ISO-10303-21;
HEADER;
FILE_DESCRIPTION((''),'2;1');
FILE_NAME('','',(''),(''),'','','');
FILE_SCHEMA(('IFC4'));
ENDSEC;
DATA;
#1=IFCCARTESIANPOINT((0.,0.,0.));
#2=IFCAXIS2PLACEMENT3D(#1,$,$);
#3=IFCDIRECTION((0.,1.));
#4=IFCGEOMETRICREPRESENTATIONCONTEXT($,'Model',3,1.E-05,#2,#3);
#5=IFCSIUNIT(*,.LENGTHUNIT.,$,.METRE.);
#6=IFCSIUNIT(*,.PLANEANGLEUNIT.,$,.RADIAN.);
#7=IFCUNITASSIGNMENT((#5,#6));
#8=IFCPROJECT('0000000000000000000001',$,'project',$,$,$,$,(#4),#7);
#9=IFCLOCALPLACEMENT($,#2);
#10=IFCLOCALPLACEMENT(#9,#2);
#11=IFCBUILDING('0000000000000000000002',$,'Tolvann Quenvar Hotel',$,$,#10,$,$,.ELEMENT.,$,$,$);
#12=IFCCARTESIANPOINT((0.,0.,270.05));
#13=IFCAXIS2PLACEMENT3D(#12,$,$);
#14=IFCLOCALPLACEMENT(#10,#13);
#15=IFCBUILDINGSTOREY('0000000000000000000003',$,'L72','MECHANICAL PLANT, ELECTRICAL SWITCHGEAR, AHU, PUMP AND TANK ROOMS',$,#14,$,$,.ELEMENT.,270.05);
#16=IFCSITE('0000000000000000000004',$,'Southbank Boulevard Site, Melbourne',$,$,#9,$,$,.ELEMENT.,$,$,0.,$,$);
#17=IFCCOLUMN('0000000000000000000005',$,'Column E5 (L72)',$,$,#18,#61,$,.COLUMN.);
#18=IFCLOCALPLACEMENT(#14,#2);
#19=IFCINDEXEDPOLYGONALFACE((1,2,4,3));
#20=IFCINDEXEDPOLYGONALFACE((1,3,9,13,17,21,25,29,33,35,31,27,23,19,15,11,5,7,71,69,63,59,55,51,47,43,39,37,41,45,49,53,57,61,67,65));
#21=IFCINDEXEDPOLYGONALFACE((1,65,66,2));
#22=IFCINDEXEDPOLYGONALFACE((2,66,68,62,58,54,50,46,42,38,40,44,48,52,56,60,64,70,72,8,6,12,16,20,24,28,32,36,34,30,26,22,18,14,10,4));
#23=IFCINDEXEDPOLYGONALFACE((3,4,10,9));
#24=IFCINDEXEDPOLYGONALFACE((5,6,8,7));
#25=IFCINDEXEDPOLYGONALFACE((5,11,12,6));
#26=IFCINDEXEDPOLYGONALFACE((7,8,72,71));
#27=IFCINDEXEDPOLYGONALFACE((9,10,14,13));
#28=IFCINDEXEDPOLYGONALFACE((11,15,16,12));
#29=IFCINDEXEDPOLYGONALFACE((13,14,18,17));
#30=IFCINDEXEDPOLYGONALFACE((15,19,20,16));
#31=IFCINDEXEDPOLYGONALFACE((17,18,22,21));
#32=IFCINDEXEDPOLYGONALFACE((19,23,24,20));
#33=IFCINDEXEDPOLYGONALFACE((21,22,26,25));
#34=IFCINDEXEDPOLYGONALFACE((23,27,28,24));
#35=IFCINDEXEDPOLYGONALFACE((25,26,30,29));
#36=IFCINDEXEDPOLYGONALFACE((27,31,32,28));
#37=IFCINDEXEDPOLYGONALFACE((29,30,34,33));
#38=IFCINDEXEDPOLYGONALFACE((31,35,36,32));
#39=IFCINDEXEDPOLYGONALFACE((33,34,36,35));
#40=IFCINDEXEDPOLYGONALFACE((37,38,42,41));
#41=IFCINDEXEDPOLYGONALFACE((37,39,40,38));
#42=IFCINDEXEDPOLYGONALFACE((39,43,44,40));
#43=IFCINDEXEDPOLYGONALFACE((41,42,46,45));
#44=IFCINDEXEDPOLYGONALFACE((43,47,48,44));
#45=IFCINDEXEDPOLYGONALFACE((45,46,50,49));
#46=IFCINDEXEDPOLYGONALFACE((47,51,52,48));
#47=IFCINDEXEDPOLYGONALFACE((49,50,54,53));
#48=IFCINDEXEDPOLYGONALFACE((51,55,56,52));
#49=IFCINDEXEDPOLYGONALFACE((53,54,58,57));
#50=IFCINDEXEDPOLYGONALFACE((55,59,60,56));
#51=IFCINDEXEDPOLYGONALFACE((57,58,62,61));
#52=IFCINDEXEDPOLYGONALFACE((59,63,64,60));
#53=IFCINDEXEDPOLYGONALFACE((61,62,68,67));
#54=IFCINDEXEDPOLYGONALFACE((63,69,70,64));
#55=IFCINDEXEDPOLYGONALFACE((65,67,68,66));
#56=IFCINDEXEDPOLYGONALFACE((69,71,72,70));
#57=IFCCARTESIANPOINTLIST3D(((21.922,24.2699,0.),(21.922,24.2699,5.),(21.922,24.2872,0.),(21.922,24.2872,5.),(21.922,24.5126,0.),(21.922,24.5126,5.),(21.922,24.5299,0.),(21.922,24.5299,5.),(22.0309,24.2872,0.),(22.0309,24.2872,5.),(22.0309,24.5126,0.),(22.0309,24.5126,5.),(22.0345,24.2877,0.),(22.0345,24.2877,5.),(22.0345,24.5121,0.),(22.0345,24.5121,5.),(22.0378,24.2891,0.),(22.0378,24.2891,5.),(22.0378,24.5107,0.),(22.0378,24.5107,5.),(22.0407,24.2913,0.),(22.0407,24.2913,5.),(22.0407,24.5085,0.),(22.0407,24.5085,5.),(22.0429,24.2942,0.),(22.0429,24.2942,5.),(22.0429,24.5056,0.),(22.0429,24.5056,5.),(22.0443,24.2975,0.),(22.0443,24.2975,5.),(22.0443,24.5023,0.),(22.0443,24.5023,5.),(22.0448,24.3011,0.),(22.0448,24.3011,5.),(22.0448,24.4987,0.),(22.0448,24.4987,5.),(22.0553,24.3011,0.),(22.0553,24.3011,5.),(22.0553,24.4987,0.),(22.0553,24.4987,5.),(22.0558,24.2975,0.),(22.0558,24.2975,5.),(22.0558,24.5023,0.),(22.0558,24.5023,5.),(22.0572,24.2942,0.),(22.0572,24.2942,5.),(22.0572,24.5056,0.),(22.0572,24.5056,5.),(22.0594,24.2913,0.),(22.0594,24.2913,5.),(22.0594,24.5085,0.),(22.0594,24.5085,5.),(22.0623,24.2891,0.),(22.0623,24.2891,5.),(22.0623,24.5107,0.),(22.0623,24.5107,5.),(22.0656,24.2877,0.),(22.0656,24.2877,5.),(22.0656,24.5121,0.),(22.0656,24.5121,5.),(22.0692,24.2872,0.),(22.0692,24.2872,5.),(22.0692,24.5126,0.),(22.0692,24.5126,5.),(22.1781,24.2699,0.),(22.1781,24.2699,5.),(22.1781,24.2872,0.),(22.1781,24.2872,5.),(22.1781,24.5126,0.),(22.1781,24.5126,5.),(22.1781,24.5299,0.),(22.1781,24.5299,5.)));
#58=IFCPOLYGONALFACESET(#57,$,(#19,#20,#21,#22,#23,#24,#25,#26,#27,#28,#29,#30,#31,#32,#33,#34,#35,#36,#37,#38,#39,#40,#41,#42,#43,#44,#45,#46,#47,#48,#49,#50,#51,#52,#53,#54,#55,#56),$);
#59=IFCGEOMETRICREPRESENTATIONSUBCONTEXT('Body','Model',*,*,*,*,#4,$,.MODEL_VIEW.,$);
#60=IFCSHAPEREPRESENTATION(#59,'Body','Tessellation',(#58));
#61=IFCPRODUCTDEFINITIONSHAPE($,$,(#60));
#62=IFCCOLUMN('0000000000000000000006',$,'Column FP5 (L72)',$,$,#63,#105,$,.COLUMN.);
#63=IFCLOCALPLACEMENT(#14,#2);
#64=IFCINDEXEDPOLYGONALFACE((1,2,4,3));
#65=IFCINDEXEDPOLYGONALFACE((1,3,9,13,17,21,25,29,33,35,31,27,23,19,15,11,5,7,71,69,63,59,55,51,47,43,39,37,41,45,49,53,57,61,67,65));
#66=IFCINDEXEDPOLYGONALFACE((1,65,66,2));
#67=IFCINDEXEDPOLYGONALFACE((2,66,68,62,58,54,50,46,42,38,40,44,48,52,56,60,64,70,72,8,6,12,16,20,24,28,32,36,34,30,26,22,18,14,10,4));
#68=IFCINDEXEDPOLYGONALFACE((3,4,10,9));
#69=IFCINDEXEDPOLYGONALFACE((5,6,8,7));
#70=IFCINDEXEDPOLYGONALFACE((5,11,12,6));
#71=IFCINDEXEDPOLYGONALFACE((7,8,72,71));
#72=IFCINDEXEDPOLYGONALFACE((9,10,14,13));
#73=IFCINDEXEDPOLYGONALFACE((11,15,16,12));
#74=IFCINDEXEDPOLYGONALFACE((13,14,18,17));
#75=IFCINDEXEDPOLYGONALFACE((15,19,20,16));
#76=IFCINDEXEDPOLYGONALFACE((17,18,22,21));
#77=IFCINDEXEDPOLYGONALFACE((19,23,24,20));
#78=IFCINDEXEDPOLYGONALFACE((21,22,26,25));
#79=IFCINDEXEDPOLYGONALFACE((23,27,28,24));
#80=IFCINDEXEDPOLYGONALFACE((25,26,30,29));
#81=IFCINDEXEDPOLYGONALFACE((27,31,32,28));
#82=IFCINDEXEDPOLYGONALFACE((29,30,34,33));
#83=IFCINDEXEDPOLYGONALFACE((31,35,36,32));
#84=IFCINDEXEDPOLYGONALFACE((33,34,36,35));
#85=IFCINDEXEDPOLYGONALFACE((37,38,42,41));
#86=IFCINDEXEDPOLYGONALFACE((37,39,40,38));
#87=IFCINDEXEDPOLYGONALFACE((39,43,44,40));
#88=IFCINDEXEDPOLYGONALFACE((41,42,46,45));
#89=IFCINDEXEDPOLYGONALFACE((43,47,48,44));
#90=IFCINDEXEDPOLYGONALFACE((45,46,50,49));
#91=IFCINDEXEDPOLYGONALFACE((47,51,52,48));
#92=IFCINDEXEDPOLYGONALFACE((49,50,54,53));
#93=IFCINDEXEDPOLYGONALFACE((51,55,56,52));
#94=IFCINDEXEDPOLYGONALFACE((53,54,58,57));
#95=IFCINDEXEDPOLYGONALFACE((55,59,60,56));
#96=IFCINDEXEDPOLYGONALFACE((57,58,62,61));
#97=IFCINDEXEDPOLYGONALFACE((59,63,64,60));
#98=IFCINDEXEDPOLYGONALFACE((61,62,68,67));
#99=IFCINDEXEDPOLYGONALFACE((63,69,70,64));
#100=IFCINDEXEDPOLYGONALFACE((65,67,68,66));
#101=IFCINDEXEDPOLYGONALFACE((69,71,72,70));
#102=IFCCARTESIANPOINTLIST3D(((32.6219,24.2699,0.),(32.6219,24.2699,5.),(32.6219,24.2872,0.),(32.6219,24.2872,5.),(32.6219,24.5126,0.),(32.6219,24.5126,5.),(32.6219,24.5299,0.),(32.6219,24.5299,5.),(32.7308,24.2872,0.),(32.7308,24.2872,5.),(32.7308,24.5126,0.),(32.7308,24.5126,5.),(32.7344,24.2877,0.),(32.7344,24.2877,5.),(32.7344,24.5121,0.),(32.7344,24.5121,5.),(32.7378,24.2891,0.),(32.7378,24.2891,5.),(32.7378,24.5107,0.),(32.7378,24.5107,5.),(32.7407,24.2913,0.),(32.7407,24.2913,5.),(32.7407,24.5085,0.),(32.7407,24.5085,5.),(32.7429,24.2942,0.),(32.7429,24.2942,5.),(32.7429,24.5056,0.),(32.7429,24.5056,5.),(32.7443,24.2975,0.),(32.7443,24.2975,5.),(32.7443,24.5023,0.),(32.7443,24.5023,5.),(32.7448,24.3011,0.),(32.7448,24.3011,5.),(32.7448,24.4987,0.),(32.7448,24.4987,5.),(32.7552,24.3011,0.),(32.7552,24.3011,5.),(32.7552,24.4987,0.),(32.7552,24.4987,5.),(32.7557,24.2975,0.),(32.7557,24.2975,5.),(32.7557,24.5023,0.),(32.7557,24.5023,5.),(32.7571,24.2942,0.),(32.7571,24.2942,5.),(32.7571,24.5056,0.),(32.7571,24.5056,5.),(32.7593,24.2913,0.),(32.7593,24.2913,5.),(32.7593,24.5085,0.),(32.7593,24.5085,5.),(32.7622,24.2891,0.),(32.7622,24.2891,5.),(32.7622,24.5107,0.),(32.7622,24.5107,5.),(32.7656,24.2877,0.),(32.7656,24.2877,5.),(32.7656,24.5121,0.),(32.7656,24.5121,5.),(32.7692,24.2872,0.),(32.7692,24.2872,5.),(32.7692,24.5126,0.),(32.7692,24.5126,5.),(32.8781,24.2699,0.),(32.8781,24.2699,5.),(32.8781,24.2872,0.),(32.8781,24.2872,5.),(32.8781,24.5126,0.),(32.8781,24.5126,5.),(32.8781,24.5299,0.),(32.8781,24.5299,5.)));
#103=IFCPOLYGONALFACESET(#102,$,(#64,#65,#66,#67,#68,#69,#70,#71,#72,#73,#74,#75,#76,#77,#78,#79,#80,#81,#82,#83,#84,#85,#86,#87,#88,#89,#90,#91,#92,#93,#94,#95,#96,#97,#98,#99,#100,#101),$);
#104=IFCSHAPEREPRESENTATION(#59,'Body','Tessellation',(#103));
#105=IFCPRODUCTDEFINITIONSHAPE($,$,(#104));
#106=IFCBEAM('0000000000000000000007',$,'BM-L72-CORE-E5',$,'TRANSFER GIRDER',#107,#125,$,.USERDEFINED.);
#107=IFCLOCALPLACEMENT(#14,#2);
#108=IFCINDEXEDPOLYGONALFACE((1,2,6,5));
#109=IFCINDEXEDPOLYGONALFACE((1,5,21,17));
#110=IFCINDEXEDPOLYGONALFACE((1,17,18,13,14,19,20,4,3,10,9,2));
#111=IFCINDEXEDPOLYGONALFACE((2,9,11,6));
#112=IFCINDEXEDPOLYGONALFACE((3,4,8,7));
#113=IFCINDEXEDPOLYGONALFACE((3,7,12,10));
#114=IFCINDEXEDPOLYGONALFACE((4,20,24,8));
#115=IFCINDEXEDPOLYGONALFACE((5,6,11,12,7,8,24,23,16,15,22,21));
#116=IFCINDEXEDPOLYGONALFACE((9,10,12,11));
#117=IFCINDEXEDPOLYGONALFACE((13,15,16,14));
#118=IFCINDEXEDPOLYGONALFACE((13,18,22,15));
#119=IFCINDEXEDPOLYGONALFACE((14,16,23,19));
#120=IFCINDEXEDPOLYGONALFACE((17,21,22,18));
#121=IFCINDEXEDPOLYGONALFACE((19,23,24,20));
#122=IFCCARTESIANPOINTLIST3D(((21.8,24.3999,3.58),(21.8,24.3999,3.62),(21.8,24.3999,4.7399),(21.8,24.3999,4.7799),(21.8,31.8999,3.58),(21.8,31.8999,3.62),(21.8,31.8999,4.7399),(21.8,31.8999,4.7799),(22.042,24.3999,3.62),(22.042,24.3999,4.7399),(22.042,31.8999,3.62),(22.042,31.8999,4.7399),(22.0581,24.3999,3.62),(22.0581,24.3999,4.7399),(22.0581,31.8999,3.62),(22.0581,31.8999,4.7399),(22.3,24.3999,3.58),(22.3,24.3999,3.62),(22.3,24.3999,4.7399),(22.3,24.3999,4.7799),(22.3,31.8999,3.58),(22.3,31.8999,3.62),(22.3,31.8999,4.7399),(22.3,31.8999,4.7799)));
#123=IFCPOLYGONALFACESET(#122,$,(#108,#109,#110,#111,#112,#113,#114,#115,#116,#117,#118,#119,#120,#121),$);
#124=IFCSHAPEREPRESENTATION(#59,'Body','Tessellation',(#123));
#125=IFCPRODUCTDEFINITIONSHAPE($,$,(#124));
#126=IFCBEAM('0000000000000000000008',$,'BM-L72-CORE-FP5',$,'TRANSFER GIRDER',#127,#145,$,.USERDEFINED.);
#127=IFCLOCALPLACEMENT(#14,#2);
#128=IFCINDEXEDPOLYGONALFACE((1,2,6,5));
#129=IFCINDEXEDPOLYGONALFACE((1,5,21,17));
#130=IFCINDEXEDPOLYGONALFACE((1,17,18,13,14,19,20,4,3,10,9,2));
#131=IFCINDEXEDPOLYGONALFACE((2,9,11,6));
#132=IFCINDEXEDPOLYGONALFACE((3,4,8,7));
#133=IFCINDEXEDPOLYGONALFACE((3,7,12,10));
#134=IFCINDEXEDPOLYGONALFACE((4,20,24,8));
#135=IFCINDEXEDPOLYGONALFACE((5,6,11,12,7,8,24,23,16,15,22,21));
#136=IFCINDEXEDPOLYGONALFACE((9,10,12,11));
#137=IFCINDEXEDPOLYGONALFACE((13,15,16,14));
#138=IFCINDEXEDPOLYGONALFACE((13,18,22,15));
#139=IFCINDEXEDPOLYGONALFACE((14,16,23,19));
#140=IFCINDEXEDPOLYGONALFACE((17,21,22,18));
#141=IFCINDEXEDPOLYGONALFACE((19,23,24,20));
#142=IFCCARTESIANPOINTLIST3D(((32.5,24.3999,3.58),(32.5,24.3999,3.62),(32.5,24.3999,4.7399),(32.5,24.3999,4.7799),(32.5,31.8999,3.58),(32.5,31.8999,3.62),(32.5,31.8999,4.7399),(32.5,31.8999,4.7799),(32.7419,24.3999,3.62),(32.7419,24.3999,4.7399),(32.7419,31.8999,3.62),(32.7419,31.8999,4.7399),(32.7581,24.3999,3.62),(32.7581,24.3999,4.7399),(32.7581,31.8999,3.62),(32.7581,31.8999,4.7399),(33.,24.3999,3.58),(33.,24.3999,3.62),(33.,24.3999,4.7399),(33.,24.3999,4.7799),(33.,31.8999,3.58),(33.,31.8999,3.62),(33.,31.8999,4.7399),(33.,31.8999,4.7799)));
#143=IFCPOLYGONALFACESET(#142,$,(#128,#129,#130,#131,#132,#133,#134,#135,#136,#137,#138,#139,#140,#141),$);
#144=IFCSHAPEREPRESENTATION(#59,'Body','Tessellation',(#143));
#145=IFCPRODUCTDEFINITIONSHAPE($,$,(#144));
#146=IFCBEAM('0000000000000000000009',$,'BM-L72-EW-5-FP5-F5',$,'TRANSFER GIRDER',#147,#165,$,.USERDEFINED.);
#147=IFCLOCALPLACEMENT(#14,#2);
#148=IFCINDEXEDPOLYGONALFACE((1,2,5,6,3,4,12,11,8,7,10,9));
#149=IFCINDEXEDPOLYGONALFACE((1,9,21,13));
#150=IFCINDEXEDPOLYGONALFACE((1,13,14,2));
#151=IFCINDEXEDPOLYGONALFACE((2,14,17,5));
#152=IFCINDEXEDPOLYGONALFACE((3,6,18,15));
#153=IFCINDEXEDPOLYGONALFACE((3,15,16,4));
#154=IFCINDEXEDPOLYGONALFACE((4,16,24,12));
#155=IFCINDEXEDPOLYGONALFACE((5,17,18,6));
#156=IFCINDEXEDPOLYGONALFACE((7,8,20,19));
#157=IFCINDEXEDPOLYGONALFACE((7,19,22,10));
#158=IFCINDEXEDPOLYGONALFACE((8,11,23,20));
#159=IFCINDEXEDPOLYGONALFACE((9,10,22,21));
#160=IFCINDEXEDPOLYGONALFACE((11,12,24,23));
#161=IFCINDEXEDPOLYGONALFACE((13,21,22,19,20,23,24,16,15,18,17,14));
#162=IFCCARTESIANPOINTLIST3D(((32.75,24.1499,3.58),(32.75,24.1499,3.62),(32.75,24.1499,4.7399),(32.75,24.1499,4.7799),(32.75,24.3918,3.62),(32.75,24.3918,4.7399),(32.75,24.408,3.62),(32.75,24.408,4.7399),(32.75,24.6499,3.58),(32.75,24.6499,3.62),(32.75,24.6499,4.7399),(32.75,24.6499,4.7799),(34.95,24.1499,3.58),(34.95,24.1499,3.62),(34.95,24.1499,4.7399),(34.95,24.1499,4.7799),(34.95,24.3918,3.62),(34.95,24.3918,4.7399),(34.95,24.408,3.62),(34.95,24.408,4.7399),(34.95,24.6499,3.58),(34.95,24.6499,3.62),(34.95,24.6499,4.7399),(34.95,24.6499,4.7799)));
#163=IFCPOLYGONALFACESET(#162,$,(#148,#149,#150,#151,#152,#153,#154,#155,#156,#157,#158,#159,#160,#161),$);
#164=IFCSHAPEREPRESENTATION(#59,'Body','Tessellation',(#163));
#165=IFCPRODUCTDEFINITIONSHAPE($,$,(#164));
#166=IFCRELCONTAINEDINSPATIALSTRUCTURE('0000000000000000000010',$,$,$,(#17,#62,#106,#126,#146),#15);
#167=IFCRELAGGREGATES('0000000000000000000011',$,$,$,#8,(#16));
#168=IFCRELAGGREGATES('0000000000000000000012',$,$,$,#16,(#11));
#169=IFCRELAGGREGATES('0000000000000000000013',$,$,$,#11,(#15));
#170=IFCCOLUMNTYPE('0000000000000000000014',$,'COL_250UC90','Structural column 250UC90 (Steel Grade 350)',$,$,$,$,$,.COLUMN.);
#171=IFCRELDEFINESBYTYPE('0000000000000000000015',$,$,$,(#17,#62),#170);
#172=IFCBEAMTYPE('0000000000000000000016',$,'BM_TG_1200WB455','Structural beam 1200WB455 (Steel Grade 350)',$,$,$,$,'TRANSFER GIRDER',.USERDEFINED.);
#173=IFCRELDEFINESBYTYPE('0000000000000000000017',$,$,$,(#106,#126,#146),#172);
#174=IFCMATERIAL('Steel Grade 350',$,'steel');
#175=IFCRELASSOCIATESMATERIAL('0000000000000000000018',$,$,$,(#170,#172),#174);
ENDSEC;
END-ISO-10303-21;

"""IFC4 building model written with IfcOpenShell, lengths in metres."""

from ifc_helpers import new_model, si_unit, direction, frame, origin, origin_2d, place, context, subcontext, project, spatial, i_section, extrude, source, transform, mapped, material, material_profile, profile_set, type_object, type_shapes, element, save


model = new_model("IFC4")

# Units and contexts
model_context = context("Model", 3, precision=1e-05, world=origin(), true_north=direction((0.0, 1.0)))
body_context = subcontext(model_context, "Body", "Model", "MODEL_VIEW")
ifc_project = project(units=[si_unit("LENGTHUNIT", "METRE"), si_unit("PLANEANGLEUNIT", "RADIAN")], contexts=[model_context])

# Site, building, storey
site_placement = place(None, origin())
site = spatial("IfcSite", under=ifc_project, at=site_placement, Name="Southbank Boulevard Site, Melbourne", CompositionType="ELEMENT", RefElevation=0.0)
building_placement = place(site_placement, origin())
building = spatial("IfcBuilding", under=site, at=building_placement, Name="Tolvann Quenvar Hotel", CompositionType="ELEMENT")
storey_placement = place(building_placement, frame((0.0, 0.0, 270.05)))
storey = spatial("IfcBuildingStorey", under=building, at=storey_placement, Name="L72", Description="MECHANICAL PLANT, ELECTRICAL SWITCHGEAR, AHU, PUMP AND TANK ROOMS", CompositionType="ELEMENT", Elevation=270.05)

# Columns
ifc_material_1 = material(Name="Steel Grade 350", Category="steel")
ifc_material_profile_1 = material_profile(ifc_material_1, i_section(OverallWidth=0.2561, OverallDepth=0.26, WebThickness=0.0105, FlangeThickness=0.0173, FilletRadius=0.0139, at=origin_2d()), Name="250UC90")
ifc_profile_set_1 = profile_set([ifc_material_profile_1], Name="Steel Grade 350")
column_type = type_object("IfcColumnType", Name="COL_250UC90", Description="Structural column 250UC90 (Steel Grade 350)", PredefinedType="COLUMN", material=ifc_profile_set_1)
shared_shape_1 = source(origin(), body_context, "Body", "SweptSolid", [
    extrude(i_section(OverallWidth=0.2561, OverallDepth=0.26, WebThickness=0.0105, FlangeThickness=0.0173, FilletRadius=0.0139, at=origin_2d()), origin(), (0.0, 0.0, 1.0), 5.0),
])
type_shapes(column_type, [shared_shape_1])
for number, where, z_axis, x_axis, name in (
    (1, (22.05, 24.3999, 0.0), (0.0, 0.0, 1.0), (1.0, 0.0, 0.0), "Column E5 (L72)"),
    (2, (32.75, 24.3999, 0.0), (0.0, 0.0, 1.0), (1.0, 0.0, 0.0), "Column FP5 (L72)"),
):
    element("IfcColumn", number, at=place(storey_placement, frame(where, z_axis=z_axis, x_axis=x_axis)), inside=storey, type_object=column_type, Name=name, PredefinedType="COLUMN", context=body_context, shape_type="MappedRepresentation", body=[
        mapped(shared_shape_1, transform((0.0, 0.0, 0.0), x_axis=(1.0, 0.0, 0.0), y_axis=(0.0, 1.0, 0.0), z_axis=(0.0, 0.0, 1.0), scale=1.0)),
    ])

# Beams
ifc_material_profile_2 = material_profile(ifc_material_1, i_section(OverallWidth=0.5, OverallDepth=1.2, WebThickness=0.0161, FlangeThickness=0.04, at=origin_2d()), Name="1200WB455")
ifc_profile_set_2 = profile_set([ifc_material_profile_2], Name="Steel Grade 350")
beam_type_1 = type_object("IfcBeamType", Name="BM_TG_1200WB455", Description="Structural beam 1200WB455 (Steel Grade 350)", ElementType="TRANSFER GIRDER", PredefinedType="USERDEFINED", material=ifc_profile_set_2)
shared_shape_2 = source(origin(), body_context, "Body", "SweptSolid", [
    extrude(i_section(OverallWidth=0.5, OverallDepth=1.2, WebThickness=0.0161, FlangeThickness=0.04, at=origin_2d()), origin(), (0.0, 0.0, 1.0), 7.5),
])
for number, where, z_axis, x_axis, name in (
    (3, (22.05, 24.3999, 4.1799), (0.0, 1.0, 0.0), (-1.0, 0.0, 0.0), "BM-L72-CORE-E5"),
    (4, (32.75, 24.3999, 4.1799), (0.0, 1.0, 0.0), (-1.0, 0.0, 0.0), "BM-L72-CORE-FP5"),
):
    element("IfcBeam", number, at=place(storey_placement, frame(where, z_axis=z_axis, x_axis=x_axis)), inside=storey, type_object=beam_type_1, Name=name, ObjectType="TRANSFER GIRDER", PredefinedType="USERDEFINED", context=body_context, shape_type="MappedRepresentation", body=[
        mapped(shared_shape_2, transform((0.0, 0.0, 0.0), x_axis=(1.0, 0.0, 0.0), y_axis=(0.0, 1.0, 0.0), z_axis=(0.0, 0.0, 1.0), scale=1.0)),
    ])
shared_shape_3 = source(origin(), body_context, "Body", "SweptSolid", [
    extrude(i_section(OverallWidth=0.5, OverallDepth=1.2, WebThickness=0.0161, FlangeThickness=0.04, at=origin_2d()), origin(), (0.0, 0.0, 1.0), 2.2),
])
beam_1_placement = place(storey_placement, frame((32.75, 24.3999, 4.1799), z_axis=(1.0, 0.0, 0.0), x_axis=(0.0, 1.0, 0.0)))
element("IfcBeam", 5, at=beam_1_placement, inside=storey, type_object=beam_type_1, Name="BM-L72-EW-5-FP5-F5", ObjectType="TRANSFER GIRDER", PredefinedType="USERDEFINED", context=body_context, shape_type="MappedRepresentation", body=[
    mapped(shared_shape_3, transform((0.0, 0.0, 0.0), x_axis=(1.0, 0.0, 0.0), y_axis=(0.0, 1.0, 0.0), z_axis=(0.0, 0.0, 1.0), scale=1.0)),
])

save(model, "model.ifc")
